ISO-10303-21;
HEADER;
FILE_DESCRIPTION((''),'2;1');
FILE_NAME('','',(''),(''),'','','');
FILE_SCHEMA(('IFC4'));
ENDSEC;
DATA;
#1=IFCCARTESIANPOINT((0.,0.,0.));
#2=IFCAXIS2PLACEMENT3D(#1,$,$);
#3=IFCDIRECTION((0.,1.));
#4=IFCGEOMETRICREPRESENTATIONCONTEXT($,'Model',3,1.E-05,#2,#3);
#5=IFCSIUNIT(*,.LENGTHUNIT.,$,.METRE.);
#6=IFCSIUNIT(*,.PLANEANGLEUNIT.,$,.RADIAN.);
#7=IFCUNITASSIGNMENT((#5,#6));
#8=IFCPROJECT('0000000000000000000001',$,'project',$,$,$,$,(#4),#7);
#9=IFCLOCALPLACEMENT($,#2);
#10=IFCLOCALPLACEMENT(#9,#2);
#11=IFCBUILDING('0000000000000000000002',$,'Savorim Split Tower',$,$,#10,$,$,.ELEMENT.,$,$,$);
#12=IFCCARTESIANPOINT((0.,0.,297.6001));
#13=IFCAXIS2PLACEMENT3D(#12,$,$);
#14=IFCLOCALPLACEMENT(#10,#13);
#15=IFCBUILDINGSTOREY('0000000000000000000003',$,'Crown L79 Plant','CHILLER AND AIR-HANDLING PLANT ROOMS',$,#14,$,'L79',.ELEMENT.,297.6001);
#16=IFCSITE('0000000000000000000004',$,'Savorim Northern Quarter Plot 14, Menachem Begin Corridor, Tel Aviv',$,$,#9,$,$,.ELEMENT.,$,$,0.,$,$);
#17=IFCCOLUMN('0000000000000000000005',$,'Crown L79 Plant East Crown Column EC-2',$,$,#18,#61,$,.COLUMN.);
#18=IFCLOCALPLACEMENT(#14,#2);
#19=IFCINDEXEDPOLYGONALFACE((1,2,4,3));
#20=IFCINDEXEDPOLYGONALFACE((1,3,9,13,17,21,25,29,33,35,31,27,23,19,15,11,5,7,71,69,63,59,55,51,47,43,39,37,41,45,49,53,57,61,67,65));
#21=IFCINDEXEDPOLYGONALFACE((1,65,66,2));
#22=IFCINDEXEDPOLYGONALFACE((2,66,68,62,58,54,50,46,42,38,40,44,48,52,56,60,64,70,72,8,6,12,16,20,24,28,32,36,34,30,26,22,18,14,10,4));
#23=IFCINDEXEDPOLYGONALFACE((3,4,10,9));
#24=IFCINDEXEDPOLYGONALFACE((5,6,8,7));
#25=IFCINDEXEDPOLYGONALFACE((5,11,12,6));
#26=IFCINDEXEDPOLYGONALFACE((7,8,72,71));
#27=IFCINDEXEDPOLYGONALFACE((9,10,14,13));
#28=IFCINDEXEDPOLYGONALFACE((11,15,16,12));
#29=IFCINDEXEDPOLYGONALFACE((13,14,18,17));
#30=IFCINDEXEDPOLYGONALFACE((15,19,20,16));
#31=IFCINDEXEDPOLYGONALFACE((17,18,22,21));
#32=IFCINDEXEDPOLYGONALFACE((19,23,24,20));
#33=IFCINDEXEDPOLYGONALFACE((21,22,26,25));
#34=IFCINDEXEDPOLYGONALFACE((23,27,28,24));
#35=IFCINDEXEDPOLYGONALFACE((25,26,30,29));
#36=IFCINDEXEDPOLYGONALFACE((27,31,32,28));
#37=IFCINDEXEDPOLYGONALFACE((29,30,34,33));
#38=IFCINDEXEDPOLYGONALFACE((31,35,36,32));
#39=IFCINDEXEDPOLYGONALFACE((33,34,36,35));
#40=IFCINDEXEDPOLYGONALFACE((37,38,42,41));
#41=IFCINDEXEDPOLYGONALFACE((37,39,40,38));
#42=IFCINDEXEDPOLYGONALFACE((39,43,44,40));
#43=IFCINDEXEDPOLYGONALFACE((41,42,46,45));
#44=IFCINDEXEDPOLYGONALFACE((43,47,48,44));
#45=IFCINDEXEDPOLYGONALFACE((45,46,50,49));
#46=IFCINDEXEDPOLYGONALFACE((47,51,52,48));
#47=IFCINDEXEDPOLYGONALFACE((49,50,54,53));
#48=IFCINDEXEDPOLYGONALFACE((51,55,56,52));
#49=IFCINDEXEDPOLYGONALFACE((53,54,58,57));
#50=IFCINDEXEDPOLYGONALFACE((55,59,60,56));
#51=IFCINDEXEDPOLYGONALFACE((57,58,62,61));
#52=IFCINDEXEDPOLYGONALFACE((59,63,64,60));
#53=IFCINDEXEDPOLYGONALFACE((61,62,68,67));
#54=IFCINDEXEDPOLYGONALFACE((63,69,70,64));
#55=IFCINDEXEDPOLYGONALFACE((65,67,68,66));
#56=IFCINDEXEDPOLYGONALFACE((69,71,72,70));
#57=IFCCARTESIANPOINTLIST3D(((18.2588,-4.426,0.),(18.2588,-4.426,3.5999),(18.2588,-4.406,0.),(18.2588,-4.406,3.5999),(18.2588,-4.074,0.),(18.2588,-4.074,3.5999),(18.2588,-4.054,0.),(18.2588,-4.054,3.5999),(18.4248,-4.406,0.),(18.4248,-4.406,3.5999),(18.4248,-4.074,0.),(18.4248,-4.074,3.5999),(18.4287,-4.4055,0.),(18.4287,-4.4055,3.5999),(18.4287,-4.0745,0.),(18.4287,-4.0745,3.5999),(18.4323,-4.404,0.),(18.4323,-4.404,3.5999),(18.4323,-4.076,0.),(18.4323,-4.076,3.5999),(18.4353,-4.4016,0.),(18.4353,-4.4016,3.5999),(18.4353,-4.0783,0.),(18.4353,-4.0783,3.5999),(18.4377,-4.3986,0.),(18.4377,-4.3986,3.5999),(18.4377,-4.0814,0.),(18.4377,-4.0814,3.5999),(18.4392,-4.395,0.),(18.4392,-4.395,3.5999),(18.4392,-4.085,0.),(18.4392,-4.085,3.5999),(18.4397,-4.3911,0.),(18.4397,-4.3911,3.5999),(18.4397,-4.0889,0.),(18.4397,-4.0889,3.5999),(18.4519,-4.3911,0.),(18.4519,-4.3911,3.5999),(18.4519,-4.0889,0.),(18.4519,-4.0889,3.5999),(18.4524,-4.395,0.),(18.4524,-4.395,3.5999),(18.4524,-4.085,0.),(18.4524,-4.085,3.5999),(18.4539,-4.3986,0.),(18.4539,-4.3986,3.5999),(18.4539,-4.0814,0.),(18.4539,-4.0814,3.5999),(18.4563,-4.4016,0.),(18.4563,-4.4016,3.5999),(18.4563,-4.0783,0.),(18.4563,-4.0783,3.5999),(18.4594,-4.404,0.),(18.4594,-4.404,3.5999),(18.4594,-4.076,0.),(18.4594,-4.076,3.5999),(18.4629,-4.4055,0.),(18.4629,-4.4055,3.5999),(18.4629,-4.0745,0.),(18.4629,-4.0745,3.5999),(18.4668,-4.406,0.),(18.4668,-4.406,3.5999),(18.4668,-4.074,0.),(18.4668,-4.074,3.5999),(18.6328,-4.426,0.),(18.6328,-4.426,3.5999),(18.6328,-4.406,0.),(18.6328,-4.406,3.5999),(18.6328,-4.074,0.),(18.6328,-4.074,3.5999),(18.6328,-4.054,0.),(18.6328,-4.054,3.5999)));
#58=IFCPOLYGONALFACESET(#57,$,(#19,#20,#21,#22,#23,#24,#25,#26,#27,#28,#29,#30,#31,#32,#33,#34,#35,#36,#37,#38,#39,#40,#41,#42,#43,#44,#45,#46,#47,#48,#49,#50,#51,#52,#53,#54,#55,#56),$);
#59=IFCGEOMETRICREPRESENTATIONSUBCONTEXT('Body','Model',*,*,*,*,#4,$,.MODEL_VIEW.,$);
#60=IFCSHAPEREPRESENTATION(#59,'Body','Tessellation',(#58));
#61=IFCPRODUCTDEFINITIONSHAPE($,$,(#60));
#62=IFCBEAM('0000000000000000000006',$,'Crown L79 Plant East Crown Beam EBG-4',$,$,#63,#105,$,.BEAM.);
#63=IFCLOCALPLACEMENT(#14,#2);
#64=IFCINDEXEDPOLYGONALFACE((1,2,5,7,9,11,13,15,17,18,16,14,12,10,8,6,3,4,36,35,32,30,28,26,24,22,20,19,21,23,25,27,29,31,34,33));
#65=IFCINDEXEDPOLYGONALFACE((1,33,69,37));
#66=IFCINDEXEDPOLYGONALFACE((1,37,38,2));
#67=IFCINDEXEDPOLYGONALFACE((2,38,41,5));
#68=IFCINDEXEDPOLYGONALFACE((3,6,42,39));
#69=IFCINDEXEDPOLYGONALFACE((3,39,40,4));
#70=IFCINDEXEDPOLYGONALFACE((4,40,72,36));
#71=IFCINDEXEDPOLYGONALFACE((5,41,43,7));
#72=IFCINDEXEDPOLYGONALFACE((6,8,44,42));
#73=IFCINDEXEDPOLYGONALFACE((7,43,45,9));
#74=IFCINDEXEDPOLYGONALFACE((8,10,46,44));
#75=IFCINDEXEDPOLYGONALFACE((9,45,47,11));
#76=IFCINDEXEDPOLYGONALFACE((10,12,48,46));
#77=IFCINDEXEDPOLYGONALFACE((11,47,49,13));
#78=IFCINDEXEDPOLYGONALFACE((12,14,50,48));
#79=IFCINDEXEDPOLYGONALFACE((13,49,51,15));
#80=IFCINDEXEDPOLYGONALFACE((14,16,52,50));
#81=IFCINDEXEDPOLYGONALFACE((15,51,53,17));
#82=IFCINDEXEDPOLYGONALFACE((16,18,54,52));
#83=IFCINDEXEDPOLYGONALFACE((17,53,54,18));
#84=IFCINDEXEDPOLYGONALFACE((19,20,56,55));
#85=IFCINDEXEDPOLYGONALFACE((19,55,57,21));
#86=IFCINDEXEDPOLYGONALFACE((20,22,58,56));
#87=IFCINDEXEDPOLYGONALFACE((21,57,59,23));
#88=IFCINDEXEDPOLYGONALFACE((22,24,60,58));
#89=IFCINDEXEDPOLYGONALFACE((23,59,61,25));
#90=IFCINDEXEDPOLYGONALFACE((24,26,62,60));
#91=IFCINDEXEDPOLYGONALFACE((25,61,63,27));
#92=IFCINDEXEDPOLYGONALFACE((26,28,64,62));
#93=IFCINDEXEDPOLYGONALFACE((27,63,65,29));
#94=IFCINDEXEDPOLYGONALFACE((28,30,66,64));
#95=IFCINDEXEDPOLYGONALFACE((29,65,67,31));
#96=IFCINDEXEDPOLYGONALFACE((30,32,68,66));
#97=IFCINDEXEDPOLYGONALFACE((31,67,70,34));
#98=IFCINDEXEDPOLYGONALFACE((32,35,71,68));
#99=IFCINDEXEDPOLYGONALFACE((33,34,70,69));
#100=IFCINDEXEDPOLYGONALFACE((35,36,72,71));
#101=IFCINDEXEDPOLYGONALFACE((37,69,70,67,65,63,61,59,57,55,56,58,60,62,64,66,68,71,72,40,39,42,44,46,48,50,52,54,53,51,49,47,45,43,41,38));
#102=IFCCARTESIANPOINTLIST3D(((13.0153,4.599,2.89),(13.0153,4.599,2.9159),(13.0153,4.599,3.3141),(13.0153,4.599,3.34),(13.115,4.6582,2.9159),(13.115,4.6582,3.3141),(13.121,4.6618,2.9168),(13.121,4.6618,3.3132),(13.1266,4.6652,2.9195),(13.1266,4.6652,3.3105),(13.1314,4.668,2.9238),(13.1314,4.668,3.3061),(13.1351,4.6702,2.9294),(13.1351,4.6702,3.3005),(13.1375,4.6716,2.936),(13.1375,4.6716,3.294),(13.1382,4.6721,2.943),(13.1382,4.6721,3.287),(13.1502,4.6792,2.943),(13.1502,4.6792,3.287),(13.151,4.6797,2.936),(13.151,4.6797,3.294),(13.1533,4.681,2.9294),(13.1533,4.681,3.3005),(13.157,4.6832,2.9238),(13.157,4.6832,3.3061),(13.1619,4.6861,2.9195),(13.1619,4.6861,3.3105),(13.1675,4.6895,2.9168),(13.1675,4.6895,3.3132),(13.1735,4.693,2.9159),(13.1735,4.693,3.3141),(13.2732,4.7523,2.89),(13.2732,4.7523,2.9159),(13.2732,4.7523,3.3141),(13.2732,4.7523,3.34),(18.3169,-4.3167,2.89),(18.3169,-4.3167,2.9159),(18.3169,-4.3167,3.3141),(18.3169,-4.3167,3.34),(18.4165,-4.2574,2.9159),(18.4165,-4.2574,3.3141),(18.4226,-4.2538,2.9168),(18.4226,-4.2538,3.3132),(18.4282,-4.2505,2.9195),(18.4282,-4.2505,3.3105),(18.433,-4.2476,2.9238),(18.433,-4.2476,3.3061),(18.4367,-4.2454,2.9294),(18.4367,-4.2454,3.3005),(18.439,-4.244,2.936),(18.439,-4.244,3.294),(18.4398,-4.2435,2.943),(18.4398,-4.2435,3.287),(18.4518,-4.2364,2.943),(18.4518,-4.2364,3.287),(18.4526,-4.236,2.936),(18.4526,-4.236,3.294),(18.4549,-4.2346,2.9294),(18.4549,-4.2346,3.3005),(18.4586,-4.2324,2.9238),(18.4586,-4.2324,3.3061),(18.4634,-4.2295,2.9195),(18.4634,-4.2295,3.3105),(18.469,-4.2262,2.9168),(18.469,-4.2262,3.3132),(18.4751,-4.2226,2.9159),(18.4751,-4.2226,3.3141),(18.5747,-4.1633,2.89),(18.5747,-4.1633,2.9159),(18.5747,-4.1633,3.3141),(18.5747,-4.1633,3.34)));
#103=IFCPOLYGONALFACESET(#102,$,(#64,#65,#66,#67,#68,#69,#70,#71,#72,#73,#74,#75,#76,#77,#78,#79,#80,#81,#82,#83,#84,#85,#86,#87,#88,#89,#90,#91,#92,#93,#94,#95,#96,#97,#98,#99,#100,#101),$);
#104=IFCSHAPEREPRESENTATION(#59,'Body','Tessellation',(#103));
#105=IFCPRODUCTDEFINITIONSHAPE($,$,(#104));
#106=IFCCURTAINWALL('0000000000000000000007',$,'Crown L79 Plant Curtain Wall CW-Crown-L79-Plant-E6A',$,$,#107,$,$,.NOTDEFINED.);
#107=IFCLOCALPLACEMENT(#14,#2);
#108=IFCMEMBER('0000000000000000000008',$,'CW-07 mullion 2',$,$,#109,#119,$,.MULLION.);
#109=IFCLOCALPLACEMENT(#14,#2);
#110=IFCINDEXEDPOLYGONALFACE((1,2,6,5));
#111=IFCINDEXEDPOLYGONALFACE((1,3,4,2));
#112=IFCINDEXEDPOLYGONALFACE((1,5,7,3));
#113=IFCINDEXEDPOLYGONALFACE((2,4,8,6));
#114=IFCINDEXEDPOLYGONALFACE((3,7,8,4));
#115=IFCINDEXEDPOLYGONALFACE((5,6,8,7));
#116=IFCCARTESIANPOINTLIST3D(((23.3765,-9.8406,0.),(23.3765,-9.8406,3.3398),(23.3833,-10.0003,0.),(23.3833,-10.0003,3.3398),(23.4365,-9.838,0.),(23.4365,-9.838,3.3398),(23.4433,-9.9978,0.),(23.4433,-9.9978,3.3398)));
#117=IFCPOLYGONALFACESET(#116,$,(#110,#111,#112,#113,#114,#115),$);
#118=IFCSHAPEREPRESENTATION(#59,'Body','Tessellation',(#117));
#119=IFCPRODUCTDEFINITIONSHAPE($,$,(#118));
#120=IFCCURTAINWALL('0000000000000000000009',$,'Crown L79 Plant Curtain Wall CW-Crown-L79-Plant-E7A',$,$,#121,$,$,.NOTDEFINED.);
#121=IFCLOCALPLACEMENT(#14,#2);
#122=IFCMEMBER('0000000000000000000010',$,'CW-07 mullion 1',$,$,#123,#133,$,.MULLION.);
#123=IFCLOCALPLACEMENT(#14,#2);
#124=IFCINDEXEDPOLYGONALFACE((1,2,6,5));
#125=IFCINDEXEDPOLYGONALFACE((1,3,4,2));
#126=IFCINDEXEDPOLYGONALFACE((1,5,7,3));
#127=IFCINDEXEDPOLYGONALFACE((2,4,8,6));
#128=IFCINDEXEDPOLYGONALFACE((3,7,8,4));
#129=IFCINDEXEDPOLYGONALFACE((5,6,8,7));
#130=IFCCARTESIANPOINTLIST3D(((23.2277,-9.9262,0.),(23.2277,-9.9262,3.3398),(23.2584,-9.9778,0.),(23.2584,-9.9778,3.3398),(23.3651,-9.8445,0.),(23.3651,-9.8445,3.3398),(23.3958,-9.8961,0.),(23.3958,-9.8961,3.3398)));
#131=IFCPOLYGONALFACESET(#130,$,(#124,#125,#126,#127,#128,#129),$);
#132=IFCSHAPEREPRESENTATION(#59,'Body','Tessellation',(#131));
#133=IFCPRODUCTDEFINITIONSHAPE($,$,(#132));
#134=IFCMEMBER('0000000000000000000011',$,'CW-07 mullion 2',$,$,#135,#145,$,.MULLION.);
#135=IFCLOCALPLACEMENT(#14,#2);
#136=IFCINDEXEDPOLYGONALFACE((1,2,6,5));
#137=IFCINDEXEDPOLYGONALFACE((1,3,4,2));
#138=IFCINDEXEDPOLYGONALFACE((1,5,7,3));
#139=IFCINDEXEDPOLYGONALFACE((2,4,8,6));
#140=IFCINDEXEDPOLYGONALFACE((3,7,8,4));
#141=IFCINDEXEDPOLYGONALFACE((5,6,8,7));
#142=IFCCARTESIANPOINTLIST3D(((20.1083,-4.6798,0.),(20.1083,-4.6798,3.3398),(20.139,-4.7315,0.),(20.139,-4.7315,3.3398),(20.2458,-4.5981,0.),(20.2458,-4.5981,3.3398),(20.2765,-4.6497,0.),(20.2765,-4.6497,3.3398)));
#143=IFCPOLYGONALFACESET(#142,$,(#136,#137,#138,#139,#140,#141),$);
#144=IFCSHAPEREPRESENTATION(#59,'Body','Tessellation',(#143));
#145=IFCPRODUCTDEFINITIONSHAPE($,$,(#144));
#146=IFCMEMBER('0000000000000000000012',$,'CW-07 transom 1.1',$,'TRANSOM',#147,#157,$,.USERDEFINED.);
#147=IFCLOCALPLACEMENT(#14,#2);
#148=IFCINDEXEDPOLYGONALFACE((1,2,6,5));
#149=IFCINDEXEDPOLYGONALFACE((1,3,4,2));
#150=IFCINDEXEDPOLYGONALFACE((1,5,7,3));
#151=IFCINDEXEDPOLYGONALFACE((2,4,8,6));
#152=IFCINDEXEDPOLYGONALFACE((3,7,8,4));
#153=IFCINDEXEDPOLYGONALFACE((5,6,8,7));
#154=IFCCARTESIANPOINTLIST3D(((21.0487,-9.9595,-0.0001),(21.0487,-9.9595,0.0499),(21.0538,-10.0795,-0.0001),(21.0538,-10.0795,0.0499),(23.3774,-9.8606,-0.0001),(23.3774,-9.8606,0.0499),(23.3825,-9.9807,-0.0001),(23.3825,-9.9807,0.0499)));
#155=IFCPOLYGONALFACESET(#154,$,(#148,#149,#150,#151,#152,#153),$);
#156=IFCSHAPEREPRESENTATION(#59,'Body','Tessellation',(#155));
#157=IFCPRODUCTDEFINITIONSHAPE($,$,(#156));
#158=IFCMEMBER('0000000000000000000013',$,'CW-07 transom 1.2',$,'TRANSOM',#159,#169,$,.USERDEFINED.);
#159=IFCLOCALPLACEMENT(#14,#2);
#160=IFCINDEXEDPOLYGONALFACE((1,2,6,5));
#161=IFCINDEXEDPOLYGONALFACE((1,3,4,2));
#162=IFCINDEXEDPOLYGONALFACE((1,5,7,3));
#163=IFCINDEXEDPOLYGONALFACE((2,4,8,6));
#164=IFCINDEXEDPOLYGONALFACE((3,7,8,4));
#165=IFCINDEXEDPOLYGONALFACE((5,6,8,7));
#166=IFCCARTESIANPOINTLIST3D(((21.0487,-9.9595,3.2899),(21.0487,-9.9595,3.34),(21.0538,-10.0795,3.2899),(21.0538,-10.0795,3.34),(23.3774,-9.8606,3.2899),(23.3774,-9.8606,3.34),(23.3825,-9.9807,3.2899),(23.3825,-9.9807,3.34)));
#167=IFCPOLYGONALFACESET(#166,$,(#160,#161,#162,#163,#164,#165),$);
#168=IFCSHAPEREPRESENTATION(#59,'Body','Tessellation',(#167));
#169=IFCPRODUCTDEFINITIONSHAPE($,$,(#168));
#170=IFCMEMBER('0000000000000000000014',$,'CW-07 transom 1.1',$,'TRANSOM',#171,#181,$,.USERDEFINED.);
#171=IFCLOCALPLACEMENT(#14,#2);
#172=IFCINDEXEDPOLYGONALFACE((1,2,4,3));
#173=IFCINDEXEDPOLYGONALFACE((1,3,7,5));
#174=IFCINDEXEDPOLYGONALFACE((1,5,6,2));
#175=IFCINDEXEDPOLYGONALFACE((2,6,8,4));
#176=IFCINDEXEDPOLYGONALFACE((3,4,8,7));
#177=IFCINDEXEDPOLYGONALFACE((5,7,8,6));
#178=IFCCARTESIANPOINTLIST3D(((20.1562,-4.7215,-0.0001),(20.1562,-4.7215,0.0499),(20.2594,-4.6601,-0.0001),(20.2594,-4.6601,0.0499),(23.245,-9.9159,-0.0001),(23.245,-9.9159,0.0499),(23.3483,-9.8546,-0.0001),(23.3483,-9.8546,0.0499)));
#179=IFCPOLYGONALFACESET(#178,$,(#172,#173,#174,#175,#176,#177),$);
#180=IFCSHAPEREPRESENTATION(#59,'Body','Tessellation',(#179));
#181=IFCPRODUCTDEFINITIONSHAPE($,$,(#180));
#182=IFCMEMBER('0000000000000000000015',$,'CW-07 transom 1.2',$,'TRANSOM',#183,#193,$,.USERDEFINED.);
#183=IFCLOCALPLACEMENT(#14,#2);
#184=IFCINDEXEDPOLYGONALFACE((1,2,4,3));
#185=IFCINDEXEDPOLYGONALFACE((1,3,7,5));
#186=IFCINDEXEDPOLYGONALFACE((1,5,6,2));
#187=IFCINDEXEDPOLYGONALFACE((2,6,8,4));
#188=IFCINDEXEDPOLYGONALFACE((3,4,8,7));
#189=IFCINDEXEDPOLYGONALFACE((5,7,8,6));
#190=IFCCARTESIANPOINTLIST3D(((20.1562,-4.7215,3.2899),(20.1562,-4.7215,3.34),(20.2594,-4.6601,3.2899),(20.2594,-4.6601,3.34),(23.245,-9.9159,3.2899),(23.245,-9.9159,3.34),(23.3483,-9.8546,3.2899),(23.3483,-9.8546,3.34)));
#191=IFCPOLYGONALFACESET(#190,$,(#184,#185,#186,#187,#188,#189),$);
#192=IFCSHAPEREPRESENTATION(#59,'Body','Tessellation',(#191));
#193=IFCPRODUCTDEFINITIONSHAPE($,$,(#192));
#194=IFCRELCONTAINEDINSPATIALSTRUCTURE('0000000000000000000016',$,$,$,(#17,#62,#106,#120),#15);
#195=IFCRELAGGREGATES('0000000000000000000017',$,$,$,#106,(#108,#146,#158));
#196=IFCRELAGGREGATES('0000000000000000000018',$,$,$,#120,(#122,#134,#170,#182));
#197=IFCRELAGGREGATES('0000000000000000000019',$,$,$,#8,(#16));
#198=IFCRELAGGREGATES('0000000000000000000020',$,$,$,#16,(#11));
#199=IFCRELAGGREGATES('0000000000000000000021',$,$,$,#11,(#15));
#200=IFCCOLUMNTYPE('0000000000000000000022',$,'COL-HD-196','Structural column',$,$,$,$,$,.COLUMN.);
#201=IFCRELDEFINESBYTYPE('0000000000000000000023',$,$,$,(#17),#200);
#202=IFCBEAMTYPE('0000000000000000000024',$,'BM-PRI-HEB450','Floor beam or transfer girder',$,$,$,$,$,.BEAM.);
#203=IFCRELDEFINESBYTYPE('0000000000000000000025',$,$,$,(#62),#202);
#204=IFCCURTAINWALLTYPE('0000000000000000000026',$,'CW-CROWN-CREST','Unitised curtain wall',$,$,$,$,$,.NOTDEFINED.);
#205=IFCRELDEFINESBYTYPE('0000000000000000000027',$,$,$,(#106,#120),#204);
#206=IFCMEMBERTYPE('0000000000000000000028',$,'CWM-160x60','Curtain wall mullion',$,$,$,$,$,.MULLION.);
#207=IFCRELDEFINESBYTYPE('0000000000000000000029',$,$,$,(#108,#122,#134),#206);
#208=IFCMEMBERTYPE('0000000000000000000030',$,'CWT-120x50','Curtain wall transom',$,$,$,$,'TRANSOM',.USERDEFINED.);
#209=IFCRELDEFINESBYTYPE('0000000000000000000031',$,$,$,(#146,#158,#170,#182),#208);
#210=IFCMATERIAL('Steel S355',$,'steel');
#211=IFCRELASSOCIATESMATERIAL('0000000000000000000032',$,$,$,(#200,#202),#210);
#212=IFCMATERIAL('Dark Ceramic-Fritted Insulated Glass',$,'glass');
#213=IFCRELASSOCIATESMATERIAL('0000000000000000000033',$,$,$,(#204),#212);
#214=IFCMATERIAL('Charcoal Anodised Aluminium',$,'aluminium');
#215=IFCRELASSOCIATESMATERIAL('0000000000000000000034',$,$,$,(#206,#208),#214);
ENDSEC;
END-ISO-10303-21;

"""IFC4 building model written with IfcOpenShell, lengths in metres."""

from ifc_helpers import new_model, si_unit, direction, frame, origin, origin_2d, place, context, subcontext, project, spatial, rectangle, i_section, extrude, material, material_profile, profile_set, type_object, element, aggregate, save


model = new_model("IFC4")

# Units and contexts
model_context = context("Model", 3, precision=1e-05, world=origin(), true_north=direction((0.0, 1.0)))
body_context = subcontext(model_context, "Body", "Model", "MODEL_VIEW")
ifc_project = project(units=[si_unit("LENGTHUNIT", "METRE"), si_unit("PLANEANGLEUNIT", "RADIAN")], contexts=[model_context])

# Site, building, storey
site_placement = place(None, origin())
site = spatial("IfcSite", under=ifc_project, at=site_placement, Name="Savorim Northern Quarter Plot 14, Menachem Begin Corridor, Tel Aviv", CompositionType="ELEMENT", RefElevation=0.0)
building_placement = place(site_placement, origin())
building = spatial("IfcBuilding", under=site, at=building_placement, Name="Savorim Split Tower", CompositionType="ELEMENT")
storey_placement = place(building_placement, frame((0.0, 0.0, 297.6001)))
storey = spatial("IfcBuildingStorey", under=building, at=storey_placement, Name="Crown L79 Plant", Description="CHILLER AND AIR-HANDLING PLANT ROOMS", LongName="L79", CompositionType="ELEMENT", Elevation=297.6001)

# Column
ifc_material_1 = material(Name="Steel S355", Category="steel")
ifc_material_profile_1 = material_profile(ifc_material_1, i_section(OverallWidth=0.374, OverallDepth=0.3721, WebThickness=0.0122, FlangeThickness=0.02, FilletRadius=0.0149, at=origin_2d()), Name="HD 360x196")
ifc_profile_set_1 = profile_set([ifc_material_profile_1], Name="Steel S355")
column_type = type_object("IfcColumnType", Name="COL-HD-196", Description="Structural column", PredefinedType="COLUMN", material=ifc_profile_set_1)
column_placement = place(storey_placement, frame((18.4458, -4.24, 0.0), z_axis=(0.0, 0.0, 1.0), x_axis=(1.0, 0.0, 0.0)))
element("IfcColumn", 1, at=column_placement, inside=storey, type_object=column_type, Name="Crown L79 Plant East Crown Column EC-2", PredefinedType="COLUMN", context=body_context, shape_type="SweptSolid", body=[
    extrude(i_section(OverallWidth=0.374, OverallDepth=0.3721, WebThickness=0.0122, FlangeThickness=0.02, FilletRadius=0.0149, at=origin_2d()), origin(), (0.0, 0.0, 1.0), 3.5999),
])

# Beam
ifc_material_profile_2 = material_profile(ifc_material_1, i_section(OverallWidth=0.3, OverallDepth=0.45, WebThickness=0.0139, FlangeThickness=0.0259, FilletRadius=0.0271, at=origin_2d()), Name="HEB 450")
ifc_profile_set_2 = profile_set([ifc_material_profile_2], Name="Steel S355")
beam_type = type_object("IfcBeamType", Name="BM-PRI-HEB450", Description="Floor beam or transfer girder", PredefinedType="BEAM", material=ifc_profile_set_2)
beam_placement = place(storey_placement, frame((18.4458, -4.24, 3.115), z_axis=(-0.511103, 0.859519, 0.0), x_axis=(-0.859519, -0.511103, 0.0)))
element("IfcBeam", 2, at=beam_placement, inside=storey, type_object=beam_type, Name="Crown L79 Plant East Crown Beam EBG-4", PredefinedType="BEAM", context=body_context, shape_type="SweptSolid", body=[
    extrude(i_section(OverallWidth=0.3, OverallDepth=0.45, WebThickness=0.0139, FlangeThickness=0.0259, FilletRadius=0.0271, at=origin_2d()), origin(), (0.0, 0.0, 1.0), 10.3728),
])

# Curtain wall, member
ifc_material_2 = material(Name="Dark Ceramic-Fritted Insulated Glass", Category="glass")
curtain_wall_type = type_object("IfcCurtainWallType", Name="CW-CROWN-CREST", Description="Unitised curtain wall", PredefinedType="NOTDEFINED", material=ifc_material_2)
curtain_wall_1_placement = place(storey_placement, origin())
curtain_wall_1 = element("IfcCurtainWall", 3, at=curtain_wall_1_placement, inside=storey, type_object=curtain_wall_type, Name="Crown L79 Plant Curtain Wall CW-Crown-L79-Plant-E6A", PredefinedType="NOTDEFINED")
ifc_material_3 = material(Name="Charcoal Anodised Aluminium", Category="aluminium")
ifc_material_profile_3 = material_profile(ifc_material_3, rectangle(XDim=0.1599, YDim=0.0601, at=origin_2d()), Name="ALU-M 160x60")
ifc_profile_set_3 = profile_set([ifc_material_profile_3], Name="Charcoal Anodised Aluminium")
member_type_1 = type_object("IfcMemberType", Name="CWM-160x60", Description="Curtain wall mullion", PredefinedType="MULLION", material=ifc_profile_set_3)
member_1_placement = place(storey_placement, frame((23.4099, -9.9192, 0.0), z_axis=(0.0, 0.0, 1.0), x_axis=(-0.042476, 0.999097, 0.0)))
member_1 = element("IfcMember", 4, at=member_1_placement, type_object=member_type_1, Name="CW-07 mullion 2", PredefinedType="MULLION", context=body_context, shape_type="SweptSolid", body=[
    extrude(rectangle(XDim=0.1599, YDim=0.0601, at=origin_2d()), origin(), (0.0, 0.0, 1.0), 3.3398),
])

# Curtain wall, members
curtain_wall_2_placement = place(storey_placement, origin())
curtain_wall_2 = element("IfcCurtainWall", 5, at=curtain_wall_2_placement, inside=storey, type_object=curtain_wall_type, Name="Crown L79 Plant Curtain Wall CW-Crown-L79-Plant-E7A", PredefinedType="NOTDEFINED")
member_2_placement = place(storey_placement, frame((23.3118, -9.9111, 0.0), z_axis=(0.0, 0.0, 1.0), x_axis=(-0.859525, -0.511094, 0.0)))
member_2 = element("IfcMember", 6, at=member_2_placement, type_object=member_type_1, Name="CW-07 mullion 1", PredefinedType="MULLION", context=body_context, shape_type="SweptSolid", body=[
    extrude(rectangle(XDim=0.1599, YDim=0.0601, at=origin_2d()), origin(), (0.0, 0.0, 1.0), 3.3398),
])
member_3_placement = place(storey_placement, frame((20.1924, -4.6648, 0.0), z_axis=(0.0, 0.0, 1.0), x_axis=(-0.859525, -0.511094, 0.0)))
member_3 = element("IfcMember", 7, at=member_3_placement, type_object=member_type_1, Name="CW-07 mullion 2", PredefinedType="MULLION", context=body_context, shape_type="SweptSolid", body=[
    extrude(rectangle(XDim=0.1599, YDim=0.0601, at=origin_2d()), origin(), (0.0, 0.0, 1.0), 3.3398),
])

# Members
ifc_material_profile_4 = material_profile(ifc_material_3, rectangle(XDim=0.1201, YDim=0.05, at=origin_2d()), Name="ALU-T 120x50")
ifc_profile_set_4 = profile_set([ifc_material_profile_4], Name="Charcoal Anodised Aluminium")
member_type_2 = type_object("IfcMemberType", Name="CWT-120x50", Description="Curtain wall transom", ElementType="TRANSOM", PredefinedType="USERDEFINED", material=ifc_profile_set_4)
member_4_placement = place(storey_placement, frame((21.0513, -10.0195, 0.0249), z_axis=(0.9991, 0.042424, 0.0), x_axis=(-0.042424, 0.9991, 0.0)))
member_4 = element("IfcMember", 8, at=member_4_placement, type_object=member_type_2, Name="CW-07 transom 1.1", ObjectType="TRANSOM", PredefinedType="USERDEFINED", context=body_context, shape_type="SweptSolid", body=[
    extrude(rectangle(XDim=0.1201, YDim=0.05, at=origin_2d()), origin(), (0.0, 0.0, 1.0), 2.3308),
])
member_5_placement = place(storey_placement, frame((21.0513, -10.0195, 3.3149), z_axis=(0.9991, 0.042424, 0.0), x_axis=(-0.042424, 0.9991, 0.0)))
member_5 = element("IfcMember", 9, at=member_5_placement, type_object=member_type_2, Name="CW-07 transom 1.2", ObjectType="TRANSOM", PredefinedType="USERDEFINED", context=body_context, shape_type="SweptSolid", body=[
    extrude(rectangle(XDim=0.1201, YDim=0.05, at=origin_2d()), origin(), (0.0, 0.0, 1.0), 2.3308),
])
member_6_placement = place(storey_placement, frame((23.2966, -9.8853, 0.0249), z_axis=(-0.5111, 0.859521, 0.0), x_axis=(-0.859521, -0.5111, 0.0)))
member_6 = element("IfcMember", 10, at=member_6_placement, type_object=member_type_2, Name="CW-07 transom 1.1", ObjectType="TRANSOM", PredefinedType="USERDEFINED", context=body_context, shape_type="SweptSolid", body=[
    extrude(rectangle(XDim=0.1201, YDim=0.05, at=origin_2d()), origin(), (0.0, 0.0, 1.0), 6.0435),
])
member_7_placement = place(storey_placement, frame((23.2966, -9.8853, 3.3149), z_axis=(-0.5111, 0.859521, 0.0), x_axis=(-0.859521, -0.5111, 0.0)))
member_7 = element("IfcMember", 11, at=member_7_placement, type_object=member_type_2, Name="CW-07 transom 1.2", ObjectType="TRANSOM", PredefinedType="USERDEFINED", context=body_context, shape_type="SweptSolid", body=[
    extrude(rectangle(XDim=0.1201, YDim=0.05, at=origin_2d()), origin(), (0.0, 0.0, 1.0), 6.0435),
])

aggregate(curtain_wall_1, [member_1, member_4, member_5])
aggregate(curtain_wall_2, [member_2, member_3, member_6, member_7])

save(model, "model.ifc")
